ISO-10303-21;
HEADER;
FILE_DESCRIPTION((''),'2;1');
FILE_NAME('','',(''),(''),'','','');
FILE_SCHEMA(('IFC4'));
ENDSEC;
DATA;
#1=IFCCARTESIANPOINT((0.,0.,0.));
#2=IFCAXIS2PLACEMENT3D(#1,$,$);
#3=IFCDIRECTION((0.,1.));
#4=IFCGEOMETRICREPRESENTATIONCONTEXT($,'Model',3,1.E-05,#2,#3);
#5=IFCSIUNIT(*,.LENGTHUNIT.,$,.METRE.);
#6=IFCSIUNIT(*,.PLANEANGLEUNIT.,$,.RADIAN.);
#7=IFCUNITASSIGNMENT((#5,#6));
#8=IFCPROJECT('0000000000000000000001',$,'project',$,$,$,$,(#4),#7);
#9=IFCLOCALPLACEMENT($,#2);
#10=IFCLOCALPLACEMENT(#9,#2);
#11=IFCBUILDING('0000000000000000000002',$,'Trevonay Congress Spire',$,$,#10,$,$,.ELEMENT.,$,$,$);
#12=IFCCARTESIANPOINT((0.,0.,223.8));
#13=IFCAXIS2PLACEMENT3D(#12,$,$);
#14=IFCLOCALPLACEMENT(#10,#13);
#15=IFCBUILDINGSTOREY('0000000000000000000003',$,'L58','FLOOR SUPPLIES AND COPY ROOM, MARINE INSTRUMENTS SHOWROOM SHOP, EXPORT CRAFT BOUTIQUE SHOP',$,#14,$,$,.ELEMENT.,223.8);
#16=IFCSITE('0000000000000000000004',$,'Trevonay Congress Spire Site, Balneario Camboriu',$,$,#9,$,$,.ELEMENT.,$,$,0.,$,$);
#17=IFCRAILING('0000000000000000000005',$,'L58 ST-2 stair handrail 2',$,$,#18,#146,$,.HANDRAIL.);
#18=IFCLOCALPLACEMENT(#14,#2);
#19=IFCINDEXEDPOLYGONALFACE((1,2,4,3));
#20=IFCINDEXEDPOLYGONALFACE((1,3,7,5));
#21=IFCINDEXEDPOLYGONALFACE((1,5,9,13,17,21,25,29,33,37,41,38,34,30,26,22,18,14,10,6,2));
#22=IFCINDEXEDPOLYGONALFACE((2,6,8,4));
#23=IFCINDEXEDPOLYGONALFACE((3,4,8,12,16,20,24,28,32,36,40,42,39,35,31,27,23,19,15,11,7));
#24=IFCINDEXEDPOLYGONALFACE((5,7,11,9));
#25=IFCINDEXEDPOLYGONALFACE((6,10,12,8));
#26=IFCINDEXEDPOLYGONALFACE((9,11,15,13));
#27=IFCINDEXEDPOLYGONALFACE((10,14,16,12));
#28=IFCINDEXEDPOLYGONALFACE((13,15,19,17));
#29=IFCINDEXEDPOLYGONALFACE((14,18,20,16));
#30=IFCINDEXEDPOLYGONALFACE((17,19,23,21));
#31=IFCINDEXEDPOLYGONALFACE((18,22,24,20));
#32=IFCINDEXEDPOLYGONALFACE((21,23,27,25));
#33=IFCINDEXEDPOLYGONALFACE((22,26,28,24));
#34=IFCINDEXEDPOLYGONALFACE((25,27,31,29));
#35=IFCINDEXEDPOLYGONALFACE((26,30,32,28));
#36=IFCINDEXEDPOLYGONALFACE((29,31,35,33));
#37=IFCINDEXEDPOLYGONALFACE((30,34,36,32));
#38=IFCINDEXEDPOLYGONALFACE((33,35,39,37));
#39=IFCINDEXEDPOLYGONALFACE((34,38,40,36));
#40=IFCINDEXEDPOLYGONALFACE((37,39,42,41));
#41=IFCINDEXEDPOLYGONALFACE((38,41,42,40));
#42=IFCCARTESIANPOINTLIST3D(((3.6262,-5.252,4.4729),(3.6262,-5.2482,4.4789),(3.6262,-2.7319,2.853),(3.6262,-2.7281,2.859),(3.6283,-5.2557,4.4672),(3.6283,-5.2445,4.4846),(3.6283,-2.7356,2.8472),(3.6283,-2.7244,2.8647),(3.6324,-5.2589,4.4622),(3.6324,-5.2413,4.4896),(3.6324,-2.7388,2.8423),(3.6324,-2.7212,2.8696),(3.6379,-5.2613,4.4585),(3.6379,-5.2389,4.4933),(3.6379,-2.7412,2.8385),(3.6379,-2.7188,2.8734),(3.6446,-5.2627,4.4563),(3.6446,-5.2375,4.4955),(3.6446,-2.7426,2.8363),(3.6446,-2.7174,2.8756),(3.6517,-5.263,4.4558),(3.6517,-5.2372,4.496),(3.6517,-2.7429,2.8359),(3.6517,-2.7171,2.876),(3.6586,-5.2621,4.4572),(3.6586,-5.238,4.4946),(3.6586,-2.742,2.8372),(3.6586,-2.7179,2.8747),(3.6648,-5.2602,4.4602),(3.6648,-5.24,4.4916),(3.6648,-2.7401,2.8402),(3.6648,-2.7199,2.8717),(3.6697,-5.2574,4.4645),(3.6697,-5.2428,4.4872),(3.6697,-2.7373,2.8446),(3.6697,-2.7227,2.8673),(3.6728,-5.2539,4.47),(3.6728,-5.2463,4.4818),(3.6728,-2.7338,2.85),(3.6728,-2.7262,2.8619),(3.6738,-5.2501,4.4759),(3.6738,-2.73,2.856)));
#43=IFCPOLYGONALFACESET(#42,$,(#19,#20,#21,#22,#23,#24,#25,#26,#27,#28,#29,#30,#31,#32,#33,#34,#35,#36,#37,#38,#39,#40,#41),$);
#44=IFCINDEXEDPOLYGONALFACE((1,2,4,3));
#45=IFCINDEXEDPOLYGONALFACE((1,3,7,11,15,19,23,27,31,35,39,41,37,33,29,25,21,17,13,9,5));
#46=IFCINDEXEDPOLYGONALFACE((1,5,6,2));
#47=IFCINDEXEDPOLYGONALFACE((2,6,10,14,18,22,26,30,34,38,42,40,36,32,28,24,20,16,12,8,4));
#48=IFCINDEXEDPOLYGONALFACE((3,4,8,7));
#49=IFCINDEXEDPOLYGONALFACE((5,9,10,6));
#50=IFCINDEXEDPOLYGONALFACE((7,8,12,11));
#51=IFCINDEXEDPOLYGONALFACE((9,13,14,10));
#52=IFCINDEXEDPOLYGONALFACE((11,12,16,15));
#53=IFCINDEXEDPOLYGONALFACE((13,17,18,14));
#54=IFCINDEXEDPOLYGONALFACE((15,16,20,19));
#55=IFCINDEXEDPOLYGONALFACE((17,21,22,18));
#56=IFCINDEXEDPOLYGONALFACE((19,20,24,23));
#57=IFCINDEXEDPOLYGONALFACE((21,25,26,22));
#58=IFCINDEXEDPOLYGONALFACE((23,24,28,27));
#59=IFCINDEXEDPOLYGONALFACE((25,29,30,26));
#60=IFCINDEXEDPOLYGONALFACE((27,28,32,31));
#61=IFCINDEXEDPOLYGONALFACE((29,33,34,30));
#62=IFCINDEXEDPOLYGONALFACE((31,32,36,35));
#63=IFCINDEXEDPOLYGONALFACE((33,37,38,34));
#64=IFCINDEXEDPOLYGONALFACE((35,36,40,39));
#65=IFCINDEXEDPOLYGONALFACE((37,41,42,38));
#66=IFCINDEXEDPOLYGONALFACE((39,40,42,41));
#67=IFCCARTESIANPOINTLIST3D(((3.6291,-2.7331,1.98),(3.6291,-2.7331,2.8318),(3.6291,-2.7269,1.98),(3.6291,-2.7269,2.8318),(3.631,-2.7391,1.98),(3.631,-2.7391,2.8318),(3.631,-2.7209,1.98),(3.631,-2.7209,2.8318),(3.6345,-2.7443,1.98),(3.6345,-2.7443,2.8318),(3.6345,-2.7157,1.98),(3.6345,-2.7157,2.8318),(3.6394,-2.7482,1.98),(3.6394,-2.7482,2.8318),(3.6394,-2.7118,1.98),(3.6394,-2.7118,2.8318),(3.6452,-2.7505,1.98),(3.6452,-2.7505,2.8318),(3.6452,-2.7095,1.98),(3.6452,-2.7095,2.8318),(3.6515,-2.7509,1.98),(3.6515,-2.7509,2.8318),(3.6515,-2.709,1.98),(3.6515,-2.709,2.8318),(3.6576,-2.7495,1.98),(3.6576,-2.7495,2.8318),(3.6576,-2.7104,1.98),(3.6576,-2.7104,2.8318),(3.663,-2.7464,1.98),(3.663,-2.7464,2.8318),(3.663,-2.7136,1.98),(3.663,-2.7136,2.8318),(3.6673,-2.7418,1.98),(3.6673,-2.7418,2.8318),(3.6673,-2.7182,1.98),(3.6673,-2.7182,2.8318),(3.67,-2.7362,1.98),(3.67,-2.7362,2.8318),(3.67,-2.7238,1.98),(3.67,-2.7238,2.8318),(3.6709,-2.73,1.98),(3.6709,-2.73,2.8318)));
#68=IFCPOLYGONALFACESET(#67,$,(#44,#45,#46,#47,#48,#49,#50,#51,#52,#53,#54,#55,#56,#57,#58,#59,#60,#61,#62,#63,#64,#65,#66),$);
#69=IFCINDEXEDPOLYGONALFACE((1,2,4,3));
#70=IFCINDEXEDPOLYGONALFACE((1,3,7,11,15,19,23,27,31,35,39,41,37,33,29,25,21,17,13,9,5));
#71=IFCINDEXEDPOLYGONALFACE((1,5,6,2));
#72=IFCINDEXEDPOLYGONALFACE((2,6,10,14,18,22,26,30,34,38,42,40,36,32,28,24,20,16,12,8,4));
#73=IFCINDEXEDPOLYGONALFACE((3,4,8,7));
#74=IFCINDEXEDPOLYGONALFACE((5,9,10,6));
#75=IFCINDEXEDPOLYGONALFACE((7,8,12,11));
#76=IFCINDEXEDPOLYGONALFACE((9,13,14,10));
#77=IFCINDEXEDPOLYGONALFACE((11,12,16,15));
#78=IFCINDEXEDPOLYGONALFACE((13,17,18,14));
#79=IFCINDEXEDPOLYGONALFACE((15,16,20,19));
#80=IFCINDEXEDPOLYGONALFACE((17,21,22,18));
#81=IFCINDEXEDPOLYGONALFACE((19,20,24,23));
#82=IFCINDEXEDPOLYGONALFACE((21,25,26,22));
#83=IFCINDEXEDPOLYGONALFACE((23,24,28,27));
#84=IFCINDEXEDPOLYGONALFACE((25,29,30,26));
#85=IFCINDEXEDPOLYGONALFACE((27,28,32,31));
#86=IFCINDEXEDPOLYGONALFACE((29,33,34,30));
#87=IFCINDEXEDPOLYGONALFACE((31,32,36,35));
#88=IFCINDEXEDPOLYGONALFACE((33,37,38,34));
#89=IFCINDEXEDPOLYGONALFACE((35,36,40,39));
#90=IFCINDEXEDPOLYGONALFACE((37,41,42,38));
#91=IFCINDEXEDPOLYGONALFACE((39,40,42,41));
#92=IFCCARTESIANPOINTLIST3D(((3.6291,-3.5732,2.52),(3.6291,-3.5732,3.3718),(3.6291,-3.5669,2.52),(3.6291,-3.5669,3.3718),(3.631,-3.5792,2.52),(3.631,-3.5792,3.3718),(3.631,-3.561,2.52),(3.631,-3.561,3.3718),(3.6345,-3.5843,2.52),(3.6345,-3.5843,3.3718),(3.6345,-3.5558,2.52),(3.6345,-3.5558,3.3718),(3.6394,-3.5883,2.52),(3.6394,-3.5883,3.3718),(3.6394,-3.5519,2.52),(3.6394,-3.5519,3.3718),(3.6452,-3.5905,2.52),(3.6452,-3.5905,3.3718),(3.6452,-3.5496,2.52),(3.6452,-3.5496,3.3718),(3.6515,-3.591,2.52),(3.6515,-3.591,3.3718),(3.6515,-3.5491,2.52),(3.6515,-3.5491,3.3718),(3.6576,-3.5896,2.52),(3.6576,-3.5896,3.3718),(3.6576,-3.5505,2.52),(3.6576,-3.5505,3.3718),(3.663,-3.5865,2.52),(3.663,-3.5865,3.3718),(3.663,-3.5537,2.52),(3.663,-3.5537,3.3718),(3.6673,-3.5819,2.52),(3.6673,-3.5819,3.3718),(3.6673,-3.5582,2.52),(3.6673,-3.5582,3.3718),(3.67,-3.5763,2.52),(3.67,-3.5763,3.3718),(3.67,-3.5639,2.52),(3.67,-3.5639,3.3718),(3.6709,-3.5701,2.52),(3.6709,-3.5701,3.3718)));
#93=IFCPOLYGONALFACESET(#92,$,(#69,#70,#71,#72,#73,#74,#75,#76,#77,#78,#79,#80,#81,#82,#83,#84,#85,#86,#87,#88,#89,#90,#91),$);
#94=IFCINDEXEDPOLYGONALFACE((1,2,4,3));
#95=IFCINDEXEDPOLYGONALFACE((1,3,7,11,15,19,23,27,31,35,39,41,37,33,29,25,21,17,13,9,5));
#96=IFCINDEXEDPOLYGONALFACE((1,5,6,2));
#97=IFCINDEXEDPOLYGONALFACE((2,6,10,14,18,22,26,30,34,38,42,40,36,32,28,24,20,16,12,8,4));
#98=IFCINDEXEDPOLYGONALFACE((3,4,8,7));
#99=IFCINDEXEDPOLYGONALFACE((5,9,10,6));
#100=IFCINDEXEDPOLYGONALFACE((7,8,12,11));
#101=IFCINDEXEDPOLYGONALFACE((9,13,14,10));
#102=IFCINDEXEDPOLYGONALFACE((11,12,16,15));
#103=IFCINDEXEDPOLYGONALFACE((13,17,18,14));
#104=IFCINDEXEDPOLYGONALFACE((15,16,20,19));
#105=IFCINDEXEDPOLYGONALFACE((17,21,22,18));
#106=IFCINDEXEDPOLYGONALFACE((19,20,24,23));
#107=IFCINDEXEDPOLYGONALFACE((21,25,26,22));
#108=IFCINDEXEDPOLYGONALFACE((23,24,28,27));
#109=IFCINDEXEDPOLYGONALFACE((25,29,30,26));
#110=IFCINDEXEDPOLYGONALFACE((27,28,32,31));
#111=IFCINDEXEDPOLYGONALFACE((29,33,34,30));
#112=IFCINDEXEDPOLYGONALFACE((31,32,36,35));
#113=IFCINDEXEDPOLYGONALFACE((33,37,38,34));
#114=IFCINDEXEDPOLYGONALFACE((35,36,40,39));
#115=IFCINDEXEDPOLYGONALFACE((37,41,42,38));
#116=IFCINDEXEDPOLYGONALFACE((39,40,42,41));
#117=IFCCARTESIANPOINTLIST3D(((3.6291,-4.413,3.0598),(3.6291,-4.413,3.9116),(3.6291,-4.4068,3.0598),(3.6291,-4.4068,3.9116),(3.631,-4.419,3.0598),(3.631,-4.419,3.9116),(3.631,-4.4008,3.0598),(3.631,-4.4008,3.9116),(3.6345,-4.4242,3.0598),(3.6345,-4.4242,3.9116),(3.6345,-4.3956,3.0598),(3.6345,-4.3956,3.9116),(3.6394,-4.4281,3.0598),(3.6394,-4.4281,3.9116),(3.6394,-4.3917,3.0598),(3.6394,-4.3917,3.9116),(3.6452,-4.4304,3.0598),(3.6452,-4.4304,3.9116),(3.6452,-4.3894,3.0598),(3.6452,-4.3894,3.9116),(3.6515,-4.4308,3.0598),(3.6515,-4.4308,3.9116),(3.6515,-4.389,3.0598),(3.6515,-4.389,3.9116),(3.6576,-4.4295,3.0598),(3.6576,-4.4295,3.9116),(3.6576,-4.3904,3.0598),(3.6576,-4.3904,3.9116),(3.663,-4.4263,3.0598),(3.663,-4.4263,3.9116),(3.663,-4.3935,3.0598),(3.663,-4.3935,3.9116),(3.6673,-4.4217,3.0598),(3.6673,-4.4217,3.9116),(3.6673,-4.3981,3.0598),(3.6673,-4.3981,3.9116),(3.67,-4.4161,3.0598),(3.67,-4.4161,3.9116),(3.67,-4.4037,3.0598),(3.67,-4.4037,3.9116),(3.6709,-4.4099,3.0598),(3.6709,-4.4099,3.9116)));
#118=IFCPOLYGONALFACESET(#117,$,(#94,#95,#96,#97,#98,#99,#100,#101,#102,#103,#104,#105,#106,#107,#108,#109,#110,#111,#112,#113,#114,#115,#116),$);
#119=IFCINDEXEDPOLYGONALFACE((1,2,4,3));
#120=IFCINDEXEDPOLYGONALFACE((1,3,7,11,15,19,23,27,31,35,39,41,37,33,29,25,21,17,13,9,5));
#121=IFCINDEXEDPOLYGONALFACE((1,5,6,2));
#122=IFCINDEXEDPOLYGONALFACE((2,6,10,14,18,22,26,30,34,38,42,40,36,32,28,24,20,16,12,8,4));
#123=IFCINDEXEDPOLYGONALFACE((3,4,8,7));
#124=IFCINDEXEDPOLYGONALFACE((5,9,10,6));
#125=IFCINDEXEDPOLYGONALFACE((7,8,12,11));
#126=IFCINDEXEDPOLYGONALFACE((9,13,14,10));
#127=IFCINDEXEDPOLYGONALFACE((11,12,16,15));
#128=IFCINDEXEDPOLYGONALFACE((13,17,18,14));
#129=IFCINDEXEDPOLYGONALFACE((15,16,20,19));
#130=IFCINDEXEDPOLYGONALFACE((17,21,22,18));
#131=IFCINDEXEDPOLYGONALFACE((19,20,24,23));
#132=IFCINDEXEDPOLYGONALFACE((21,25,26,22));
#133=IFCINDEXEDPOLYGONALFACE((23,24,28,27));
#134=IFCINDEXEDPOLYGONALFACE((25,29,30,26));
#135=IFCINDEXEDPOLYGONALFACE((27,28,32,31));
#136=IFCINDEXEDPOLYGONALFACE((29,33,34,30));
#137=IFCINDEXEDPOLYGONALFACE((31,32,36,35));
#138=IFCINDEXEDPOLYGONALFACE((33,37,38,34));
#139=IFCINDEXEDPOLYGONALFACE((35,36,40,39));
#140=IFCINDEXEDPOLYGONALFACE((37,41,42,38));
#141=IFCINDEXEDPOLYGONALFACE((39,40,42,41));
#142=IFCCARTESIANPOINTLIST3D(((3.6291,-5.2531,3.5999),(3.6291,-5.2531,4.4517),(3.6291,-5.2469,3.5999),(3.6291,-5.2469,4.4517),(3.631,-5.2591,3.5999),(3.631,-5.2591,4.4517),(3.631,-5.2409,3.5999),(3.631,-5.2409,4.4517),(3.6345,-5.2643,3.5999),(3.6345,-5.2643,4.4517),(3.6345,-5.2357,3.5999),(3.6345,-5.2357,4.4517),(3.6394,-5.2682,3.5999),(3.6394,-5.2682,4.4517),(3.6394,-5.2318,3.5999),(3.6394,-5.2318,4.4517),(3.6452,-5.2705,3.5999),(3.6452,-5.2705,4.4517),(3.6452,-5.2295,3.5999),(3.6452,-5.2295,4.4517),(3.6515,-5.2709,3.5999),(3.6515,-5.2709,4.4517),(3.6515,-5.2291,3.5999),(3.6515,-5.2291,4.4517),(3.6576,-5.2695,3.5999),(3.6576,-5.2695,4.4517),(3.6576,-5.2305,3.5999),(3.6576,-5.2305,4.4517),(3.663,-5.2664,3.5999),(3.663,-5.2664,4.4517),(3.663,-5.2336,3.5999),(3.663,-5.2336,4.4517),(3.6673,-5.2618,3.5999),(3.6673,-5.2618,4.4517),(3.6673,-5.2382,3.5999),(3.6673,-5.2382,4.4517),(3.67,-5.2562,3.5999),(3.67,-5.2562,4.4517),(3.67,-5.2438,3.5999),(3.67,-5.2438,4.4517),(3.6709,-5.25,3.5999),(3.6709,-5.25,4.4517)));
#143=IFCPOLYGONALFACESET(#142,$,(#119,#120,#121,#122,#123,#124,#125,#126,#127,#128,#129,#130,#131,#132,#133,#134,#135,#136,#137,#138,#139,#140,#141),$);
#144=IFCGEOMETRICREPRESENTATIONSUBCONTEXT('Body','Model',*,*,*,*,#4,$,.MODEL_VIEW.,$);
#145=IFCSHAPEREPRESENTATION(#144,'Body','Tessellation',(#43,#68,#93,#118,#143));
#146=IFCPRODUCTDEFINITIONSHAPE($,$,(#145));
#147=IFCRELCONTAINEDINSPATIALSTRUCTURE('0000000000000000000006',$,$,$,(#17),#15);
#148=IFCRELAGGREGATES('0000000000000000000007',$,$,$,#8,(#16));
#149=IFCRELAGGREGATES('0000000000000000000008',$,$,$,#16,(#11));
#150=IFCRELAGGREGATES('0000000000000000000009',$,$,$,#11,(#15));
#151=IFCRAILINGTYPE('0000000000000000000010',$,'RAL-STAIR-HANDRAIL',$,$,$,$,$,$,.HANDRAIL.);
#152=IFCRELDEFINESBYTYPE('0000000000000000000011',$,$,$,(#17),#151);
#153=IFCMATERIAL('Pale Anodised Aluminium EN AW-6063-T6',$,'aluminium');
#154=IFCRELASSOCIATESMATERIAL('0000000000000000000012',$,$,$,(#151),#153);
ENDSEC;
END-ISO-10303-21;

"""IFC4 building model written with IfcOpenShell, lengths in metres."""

from ifc_helpers import new_model, si_unit, direction, frame, origin, origin_2d, place, context, subcontext, project, spatial, circle, extrude, material, type_object, element, save


model = new_model("IFC4")

# Units and contexts
model_context = context("Model", 3, precision=1e-05, world=origin(), true_north=direction((0.0, 1.0)))
body_context = subcontext(model_context, "Body", "Model", "MODEL_VIEW")
ifc_project = project(units=[si_unit("LENGTHUNIT", "METRE"), si_unit("PLANEANGLEUNIT", "RADIAN")], contexts=[model_context])

# Site, building, storey
site_placement = place(None, origin())
site = spatial("IfcSite", under=ifc_project, at=site_placement, Name="Trevonay Congress Spire Site, Balneario Camboriu", CompositionType="ELEMENT", RefElevation=0.0)
building_placement = place(site_placement, origin())
building = spatial("IfcBuilding", under=site, at=building_placement, Name="Trevonay Congress Spire", CompositionType="ELEMENT")
storey_placement = place(building_placement, frame((0.0, 0.0, 223.8)))
storey = spatial("IfcBuildingStorey", under=building, at=storey_placement, Name="L58", Description="FLOOR SUPPLIES AND COPY ROOM, MARINE INSTRUMENTS SHOWROOM SHOP, EXPORT CRAFT BOUTIQUE SHOP", CompositionType="ELEMENT", Elevation=223.8)

# Shared definitions
ifc_material_1 = material(Name="Pale Anodised Aluminium EN AW-6063-T6", Category="aluminium")

# Railing
railing_type_1 = type_object("IfcRailingType", Name="RAL-STAIR-HANDRAIL", PredefinedType="HANDRAIL", material=ifc_material_1)
railing_1_placement = place(storey_placement, frame((3.6499, -2.73, 1.98)))
element("IfcRailing", 1, at=railing_1_placement, inside=storey, type_object=railing_type_1, Name="L58 ST-2 stair handrail 2", PredefinedType="HANDRAIL", context=body_context, shape_type="SweptSolid", body=[
    extrude(circle(Radius=0.0239, at=origin_2d()), frame((0.0, 0.0, 0.876), z_axis=(0.0, -0.8412, 0.540725), x_axis=(1.0, 0.0, 0.0)), (0.0, 0.0, 1.0), 2.9958),
    extrude(circle(Radius=0.021, at=origin_2d()), origin(), (0.0, 0.0, 1.0), 0.8518),
    extrude(circle(Radius=0.021, at=origin_2d()), frame((0.0, -0.8401, 0.54)), (0.0, 0.0, 1.0), 0.8518),
    extrude(circle(Radius=0.021, at=origin_2d()), frame((0.0, -1.6799, 1.0798)), (0.0, 0.0, 1.0), 0.8518),
    extrude(circle(Radius=0.021, at=origin_2d()), frame((0.0, -2.52, 1.6199)), (0.0, 0.0, 1.0), 0.8518),
])

save(model, "model.ifc")
